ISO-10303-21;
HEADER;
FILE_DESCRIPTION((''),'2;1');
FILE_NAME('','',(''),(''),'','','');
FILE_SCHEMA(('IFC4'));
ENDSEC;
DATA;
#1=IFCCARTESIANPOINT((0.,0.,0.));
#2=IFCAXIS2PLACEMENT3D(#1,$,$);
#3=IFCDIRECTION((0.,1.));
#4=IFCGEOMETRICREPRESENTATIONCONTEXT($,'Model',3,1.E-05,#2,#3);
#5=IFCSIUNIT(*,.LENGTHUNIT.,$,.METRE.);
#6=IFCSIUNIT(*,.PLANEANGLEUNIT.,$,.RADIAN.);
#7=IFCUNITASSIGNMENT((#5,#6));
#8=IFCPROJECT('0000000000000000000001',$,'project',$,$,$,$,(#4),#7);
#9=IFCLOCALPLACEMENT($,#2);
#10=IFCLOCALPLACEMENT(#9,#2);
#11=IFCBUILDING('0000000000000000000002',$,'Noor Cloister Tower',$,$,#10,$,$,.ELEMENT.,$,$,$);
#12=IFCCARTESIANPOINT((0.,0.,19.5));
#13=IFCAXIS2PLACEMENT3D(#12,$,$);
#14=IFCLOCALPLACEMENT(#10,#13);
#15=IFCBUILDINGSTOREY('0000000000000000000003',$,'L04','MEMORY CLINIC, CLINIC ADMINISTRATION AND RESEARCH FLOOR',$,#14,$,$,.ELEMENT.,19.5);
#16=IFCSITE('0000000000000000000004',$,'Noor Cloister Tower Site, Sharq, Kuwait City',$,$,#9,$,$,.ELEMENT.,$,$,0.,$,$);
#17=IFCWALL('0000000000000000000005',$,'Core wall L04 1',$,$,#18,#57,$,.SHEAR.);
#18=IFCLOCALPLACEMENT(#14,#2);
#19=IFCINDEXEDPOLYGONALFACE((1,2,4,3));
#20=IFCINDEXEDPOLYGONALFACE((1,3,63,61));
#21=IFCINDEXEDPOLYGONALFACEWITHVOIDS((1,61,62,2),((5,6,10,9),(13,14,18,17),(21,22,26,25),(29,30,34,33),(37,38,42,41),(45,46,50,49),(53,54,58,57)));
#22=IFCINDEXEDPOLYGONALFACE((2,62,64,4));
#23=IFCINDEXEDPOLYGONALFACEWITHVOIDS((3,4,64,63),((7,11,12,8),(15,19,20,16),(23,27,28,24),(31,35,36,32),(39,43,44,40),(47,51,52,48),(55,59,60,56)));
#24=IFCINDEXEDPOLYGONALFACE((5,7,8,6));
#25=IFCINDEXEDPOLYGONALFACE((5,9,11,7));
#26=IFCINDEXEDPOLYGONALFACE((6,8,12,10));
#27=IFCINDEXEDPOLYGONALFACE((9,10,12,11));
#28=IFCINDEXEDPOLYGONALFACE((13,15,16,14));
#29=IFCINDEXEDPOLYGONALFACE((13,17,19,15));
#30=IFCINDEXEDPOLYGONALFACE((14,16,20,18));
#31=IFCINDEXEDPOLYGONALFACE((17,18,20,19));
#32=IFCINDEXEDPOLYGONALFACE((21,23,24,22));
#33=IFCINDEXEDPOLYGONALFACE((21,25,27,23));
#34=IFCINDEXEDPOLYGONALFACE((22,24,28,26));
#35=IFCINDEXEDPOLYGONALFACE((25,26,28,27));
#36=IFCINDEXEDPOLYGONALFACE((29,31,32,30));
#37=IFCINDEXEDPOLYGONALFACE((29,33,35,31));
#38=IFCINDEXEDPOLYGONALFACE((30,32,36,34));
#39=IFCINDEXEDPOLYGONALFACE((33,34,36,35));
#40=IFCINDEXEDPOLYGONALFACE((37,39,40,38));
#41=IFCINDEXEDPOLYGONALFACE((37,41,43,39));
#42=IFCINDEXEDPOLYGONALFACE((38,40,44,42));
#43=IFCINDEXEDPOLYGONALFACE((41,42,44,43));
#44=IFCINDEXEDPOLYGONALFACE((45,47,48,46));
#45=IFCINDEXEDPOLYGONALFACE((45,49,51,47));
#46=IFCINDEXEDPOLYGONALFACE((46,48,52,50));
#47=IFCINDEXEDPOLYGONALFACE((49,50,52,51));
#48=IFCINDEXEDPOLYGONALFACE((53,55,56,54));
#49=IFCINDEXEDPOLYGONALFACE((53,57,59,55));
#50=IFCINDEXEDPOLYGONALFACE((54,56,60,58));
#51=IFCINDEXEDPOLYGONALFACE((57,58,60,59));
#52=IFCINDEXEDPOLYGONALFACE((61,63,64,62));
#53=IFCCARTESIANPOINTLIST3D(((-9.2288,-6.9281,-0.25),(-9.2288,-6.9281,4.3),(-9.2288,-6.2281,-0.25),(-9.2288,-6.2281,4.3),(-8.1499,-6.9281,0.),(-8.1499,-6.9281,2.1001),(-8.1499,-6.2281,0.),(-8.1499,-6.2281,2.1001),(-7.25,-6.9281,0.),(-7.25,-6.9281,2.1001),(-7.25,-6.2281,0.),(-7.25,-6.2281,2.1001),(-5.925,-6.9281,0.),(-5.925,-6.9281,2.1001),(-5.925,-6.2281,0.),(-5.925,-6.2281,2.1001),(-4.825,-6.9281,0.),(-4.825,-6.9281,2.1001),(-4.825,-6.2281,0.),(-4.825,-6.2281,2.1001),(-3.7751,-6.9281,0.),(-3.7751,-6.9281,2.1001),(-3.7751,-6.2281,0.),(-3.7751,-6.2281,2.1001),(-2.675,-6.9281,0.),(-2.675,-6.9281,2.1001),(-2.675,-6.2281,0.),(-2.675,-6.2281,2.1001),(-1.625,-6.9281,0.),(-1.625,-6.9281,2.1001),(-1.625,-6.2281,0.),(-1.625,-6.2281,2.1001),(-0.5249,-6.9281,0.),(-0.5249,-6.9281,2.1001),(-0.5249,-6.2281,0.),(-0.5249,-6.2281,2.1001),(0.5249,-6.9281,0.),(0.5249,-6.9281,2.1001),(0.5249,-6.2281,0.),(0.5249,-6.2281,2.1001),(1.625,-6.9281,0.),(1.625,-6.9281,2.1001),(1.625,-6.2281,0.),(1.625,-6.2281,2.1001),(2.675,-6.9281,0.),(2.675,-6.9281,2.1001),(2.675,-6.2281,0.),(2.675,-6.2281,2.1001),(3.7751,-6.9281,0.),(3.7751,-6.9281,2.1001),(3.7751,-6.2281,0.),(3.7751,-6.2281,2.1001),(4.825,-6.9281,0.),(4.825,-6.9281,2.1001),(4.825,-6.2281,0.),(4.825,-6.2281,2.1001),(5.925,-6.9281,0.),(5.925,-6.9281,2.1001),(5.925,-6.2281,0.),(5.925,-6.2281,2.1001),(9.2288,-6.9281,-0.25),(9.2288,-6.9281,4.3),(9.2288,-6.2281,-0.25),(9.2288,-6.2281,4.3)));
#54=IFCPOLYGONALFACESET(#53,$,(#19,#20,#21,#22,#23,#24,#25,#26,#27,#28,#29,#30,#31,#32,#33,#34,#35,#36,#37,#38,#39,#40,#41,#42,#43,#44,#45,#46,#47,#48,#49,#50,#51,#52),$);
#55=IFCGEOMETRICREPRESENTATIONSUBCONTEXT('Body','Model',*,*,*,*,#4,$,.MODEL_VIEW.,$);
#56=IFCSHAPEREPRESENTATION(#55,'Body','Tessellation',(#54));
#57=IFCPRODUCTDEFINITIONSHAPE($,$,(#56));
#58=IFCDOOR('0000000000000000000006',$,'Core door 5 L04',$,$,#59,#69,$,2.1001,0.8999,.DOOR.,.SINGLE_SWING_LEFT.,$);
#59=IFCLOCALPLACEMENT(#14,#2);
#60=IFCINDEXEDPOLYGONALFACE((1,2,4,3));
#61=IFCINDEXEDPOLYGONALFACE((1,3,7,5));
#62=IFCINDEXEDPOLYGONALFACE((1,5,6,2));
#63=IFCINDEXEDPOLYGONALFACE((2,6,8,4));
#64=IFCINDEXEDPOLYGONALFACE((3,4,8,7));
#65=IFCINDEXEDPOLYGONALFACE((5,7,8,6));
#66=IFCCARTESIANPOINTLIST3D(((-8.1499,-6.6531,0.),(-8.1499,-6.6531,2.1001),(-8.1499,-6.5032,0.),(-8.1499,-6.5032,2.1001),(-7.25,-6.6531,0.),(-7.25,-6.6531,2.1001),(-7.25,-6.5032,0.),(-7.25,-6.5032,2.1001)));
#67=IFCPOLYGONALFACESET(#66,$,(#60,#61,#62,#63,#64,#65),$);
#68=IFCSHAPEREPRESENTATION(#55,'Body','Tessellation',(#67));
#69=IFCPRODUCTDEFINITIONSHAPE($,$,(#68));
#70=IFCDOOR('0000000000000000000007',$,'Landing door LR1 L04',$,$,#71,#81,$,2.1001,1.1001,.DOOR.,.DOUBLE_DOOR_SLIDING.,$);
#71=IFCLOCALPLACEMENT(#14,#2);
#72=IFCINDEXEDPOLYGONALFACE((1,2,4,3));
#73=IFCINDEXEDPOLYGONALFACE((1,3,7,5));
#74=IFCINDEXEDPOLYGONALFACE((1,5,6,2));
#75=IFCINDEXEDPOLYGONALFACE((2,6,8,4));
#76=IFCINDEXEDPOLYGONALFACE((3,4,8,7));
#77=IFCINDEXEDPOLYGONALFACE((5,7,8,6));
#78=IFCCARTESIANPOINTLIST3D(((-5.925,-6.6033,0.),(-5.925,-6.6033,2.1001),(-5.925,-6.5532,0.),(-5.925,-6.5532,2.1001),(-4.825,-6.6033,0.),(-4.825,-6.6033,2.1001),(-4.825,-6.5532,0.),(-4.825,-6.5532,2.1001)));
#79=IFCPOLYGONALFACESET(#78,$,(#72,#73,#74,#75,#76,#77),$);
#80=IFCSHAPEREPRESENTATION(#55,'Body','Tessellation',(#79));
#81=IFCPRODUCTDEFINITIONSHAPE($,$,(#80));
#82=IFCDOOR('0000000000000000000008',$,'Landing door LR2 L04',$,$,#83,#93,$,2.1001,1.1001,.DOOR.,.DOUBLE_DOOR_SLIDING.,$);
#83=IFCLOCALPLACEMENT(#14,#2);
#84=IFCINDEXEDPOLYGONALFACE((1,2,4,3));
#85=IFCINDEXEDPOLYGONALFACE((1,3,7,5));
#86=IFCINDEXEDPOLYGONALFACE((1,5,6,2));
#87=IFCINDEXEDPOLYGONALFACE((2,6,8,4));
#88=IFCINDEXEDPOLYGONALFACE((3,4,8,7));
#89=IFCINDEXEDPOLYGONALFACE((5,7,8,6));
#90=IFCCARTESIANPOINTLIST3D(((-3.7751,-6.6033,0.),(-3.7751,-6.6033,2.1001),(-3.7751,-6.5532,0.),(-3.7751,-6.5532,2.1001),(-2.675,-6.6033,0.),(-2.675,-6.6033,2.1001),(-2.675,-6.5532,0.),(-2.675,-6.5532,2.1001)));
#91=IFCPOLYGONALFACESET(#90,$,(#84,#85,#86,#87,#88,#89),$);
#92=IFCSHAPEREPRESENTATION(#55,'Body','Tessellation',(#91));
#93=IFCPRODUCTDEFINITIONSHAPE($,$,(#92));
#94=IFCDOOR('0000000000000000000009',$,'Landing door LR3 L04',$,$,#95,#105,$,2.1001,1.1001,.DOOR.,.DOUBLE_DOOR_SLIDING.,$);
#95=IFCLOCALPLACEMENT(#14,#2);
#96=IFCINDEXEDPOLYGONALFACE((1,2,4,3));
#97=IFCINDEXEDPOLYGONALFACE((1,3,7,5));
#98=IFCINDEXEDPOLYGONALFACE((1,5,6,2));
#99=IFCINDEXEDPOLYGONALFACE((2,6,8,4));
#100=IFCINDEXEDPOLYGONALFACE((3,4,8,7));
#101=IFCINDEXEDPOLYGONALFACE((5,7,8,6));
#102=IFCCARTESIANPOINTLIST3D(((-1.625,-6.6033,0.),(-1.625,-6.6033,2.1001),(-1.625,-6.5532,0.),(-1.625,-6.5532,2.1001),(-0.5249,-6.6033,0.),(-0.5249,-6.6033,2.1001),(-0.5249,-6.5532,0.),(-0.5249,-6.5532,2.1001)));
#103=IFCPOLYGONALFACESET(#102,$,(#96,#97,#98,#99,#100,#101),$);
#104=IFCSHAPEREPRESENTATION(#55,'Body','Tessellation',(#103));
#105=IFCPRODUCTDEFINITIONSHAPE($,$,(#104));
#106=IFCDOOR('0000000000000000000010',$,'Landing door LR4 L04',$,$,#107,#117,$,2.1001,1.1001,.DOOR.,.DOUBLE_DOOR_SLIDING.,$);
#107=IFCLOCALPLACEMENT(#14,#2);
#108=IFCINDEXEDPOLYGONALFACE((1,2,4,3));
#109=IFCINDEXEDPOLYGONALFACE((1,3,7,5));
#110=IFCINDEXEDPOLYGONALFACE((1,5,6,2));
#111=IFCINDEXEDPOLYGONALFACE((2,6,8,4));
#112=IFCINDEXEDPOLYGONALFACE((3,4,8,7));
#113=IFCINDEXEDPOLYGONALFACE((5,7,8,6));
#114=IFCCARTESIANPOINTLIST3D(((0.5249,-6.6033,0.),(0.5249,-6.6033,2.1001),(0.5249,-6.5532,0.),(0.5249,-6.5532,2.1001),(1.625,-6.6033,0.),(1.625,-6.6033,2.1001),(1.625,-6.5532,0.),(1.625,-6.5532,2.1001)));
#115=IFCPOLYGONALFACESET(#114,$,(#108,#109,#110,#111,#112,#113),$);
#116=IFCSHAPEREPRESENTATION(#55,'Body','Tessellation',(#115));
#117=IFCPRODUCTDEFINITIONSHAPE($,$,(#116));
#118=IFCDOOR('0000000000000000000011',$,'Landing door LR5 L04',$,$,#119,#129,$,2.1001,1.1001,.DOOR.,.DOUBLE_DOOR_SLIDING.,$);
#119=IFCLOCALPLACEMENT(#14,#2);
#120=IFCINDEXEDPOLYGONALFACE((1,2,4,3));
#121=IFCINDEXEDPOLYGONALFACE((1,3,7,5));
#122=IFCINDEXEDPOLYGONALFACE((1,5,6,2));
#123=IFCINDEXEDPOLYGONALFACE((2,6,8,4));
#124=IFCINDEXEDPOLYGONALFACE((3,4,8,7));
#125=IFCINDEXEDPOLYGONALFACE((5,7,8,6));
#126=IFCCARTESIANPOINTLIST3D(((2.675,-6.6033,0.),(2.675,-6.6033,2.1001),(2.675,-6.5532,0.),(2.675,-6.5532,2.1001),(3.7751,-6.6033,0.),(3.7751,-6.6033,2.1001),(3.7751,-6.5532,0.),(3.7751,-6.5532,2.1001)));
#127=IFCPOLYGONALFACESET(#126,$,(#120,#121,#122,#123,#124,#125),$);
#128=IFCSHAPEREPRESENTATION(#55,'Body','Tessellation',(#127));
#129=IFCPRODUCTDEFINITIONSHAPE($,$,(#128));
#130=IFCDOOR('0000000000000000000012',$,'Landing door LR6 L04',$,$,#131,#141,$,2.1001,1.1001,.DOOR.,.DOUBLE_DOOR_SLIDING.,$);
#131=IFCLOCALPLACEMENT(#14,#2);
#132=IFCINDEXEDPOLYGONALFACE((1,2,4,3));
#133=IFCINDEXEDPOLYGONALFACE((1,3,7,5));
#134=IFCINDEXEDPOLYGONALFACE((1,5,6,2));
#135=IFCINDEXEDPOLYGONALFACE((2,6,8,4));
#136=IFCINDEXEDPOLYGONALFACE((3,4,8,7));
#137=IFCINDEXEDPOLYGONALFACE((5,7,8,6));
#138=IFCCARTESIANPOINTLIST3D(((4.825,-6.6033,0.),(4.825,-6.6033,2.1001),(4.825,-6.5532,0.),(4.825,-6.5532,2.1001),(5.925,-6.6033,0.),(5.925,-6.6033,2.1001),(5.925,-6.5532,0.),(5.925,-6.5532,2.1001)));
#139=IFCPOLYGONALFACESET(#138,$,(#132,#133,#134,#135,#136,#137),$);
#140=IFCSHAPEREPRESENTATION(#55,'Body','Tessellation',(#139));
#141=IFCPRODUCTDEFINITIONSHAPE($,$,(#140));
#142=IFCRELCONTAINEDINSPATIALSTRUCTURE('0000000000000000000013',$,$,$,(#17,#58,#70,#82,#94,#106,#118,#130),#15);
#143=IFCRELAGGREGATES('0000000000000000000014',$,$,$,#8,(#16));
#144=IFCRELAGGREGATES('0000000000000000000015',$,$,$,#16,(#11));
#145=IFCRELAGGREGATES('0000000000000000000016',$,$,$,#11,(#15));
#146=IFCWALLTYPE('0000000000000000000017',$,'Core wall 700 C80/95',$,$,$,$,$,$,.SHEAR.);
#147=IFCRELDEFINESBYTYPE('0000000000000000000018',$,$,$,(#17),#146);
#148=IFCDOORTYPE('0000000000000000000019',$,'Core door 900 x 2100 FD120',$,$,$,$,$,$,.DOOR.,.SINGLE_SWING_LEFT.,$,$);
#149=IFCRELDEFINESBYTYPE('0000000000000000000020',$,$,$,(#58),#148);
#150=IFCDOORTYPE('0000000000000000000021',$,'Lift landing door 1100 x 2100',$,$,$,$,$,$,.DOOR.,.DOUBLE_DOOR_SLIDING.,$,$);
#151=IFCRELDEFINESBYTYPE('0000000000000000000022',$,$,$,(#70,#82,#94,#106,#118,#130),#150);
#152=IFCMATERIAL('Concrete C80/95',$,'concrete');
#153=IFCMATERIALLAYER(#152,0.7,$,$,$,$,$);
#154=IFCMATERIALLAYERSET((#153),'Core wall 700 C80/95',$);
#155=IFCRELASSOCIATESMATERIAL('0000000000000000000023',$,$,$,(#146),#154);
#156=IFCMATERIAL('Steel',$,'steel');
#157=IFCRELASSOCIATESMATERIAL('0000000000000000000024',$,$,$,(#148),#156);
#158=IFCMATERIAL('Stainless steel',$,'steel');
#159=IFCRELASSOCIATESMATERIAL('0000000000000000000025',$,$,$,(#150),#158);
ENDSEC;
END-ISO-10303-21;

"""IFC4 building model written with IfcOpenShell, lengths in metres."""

from ifc_helpers import new_model, si_unit, direction, frame, frame_2d, origin, place, context, subcontext, project, spatial, rectangle, extrude, material, layer, layer_set, type_object, element, fill, save


model = new_model("IFC4")

# Units and contexts
model_context = context("Model", 3, precision=1e-05, world=origin(), true_north=direction((0.0, 1.0)))
body_context = subcontext(model_context, "Body", "Model", "MODEL_VIEW")
ifc_project = project(units=[si_unit("LENGTHUNIT", "METRE"), si_unit("PLANEANGLEUNIT", "RADIAN")], contexts=[model_context])

# Site, building, storey
site_placement = place(None, origin())
site = spatial("IfcSite", under=ifc_project, at=site_placement, Name="Noor Cloister Tower Site, Sharq, Kuwait City", CompositionType="ELEMENT", RefElevation=0.0)
building_placement = place(site_placement, origin())
building = spatial("IfcBuilding", under=site, at=building_placement, Name="Noor Cloister Tower", CompositionType="ELEMENT")
storey_placement = place(building_placement, frame((0.0, 0.0, 19.5)))
storey = spatial("IfcBuildingStorey", under=building, at=storey_placement, Name="L04", Description="MEMORY CLINIC, CLINIC ADMINISTRATION AND RESEARCH FLOOR", CompositionType="ELEMENT", Elevation=19.5)

# Wall, openings, doors
ifc_material_1 = material(Name="Concrete C80/95", Category="concrete")
ifc_layer_1 = layer(ifc_material_1, 0.7)
ifc_layer_set_1 = layer_set([ifc_layer_1], Name="Core wall 700 C80/95")
wall_type_1 = type_object("IfcWallType", Name="Core wall 700 C80/95", PredefinedType="SHEAR", material=ifc_layer_set_1)
wall_1_placement = place(storey_placement, frame((-9.2288, -6.5781, -0.25), z_axis=(0.0, 0.0, 1.0), x_axis=(1.0, 0.0, 0.0)))
wall_1 = element("IfcWall", 1, at=wall_1_placement, inside=storey, type_object=wall_type_1, Name="Core wall L04 1", PredefinedType="SHEAR", context=body_context, shape_type="SweptSolid", body=[
    extrude(rectangle(XDim=18.4575, YDim=0.7, at=frame_2d((9.2288, 0.0))), origin(), (0.0, 0.0, 1.0), 4.55),
])
opening_1_placement = place(wall_1_placement, frame((3.3037, 0.0, 0.25)))
opening_1 = element("IfcOpeningElement", 2, at=opening_1_placement, cuts=wall_1, PredefinedType="OPENING", context=body_context, shape_type="SweptSolid", body=[
    extrude(rectangle(XDim=1.1001, YDim=2.1001, at=frame_2d((0.55, 1.05))), frame((0.0, 0.3599, 0.0), z_axis=(0.0, -1.0, 0.0), x_axis=(1.0, 0.0, 0.0)), (0.0, 0.0, 1.0), 0.72),
])
opening_2_placement = place(wall_1_placement, frame((5.4536, 0.0, 0.25)))
opening_2 = element("IfcOpeningElement", 3, at=opening_2_placement, cuts=wall_1, PredefinedType="OPENING", context=body_context, shape_type="SweptSolid", body=[
    extrude(rectangle(XDim=1.1001, YDim=2.1001, at=frame_2d((0.55, 1.05))), frame((0.0, 0.3599, 0.0), z_axis=(0.0, -1.0, 0.0), x_axis=(1.0, 0.0, 0.0)), (0.0, 0.0, 1.0), 0.72),
])
opening_3_placement = place(wall_1_placement, frame((7.6038, 0.0, 0.25)))
opening_3 = element("IfcOpeningElement", 4, at=opening_3_placement, cuts=wall_1, PredefinedType="OPENING", context=body_context, shape_type="SweptSolid", body=[
    extrude(rectangle(XDim=1.1001, YDim=2.1001, at=frame_2d((0.55, 1.05))), frame((0.0, 0.3599, 0.0), z_axis=(0.0, -1.0, 0.0), x_axis=(1.0, 0.0, 0.0)), (0.0, 0.0, 1.0), 0.72),
])
opening_4_placement = place(wall_1_placement, frame((9.7537, 0.0, 0.25)))
opening_4 = element("IfcOpeningElement", 5, at=opening_4_placement, cuts=wall_1, PredefinedType="OPENING", context=body_context, shape_type="SweptSolid", body=[
    extrude(rectangle(XDim=1.1001, YDim=2.1001, at=frame_2d((0.55, 1.05))), frame((0.0, 0.3599, 0.0), z_axis=(0.0, -1.0, 0.0), x_axis=(1.0, 0.0, 0.0)), (0.0, 0.0, 1.0), 0.72),
])
opening_5_placement = place(wall_1_placement, frame((11.9038, 0.0, 0.25)))
opening_5 = element("IfcOpeningElement", 6, at=opening_5_placement, cuts=wall_1, PredefinedType="OPENING", context=body_context, shape_type="SweptSolid", body=[
    extrude(rectangle(XDim=1.1001, YDim=2.1001, at=frame_2d((0.55, 1.05))), frame((0.0, 0.3599, 0.0), z_axis=(0.0, -1.0, 0.0), x_axis=(1.0, 0.0, 0.0)), (0.0, 0.0, 1.0), 0.72),
])
opening_6_placement = place(wall_1_placement, frame((14.0537, 0.0, 0.25)))
opening_6 = element("IfcOpeningElement", 7, at=opening_6_placement, cuts=wall_1, PredefinedType="OPENING", context=body_context, shape_type="SweptSolid", body=[
    extrude(rectangle(XDim=1.1001, YDim=2.1001, at=frame_2d((0.55, 1.05))), frame((0.0, 0.3599, 0.0), z_axis=(0.0, -1.0, 0.0), x_axis=(1.0, 0.0, 0.0)), (0.0, 0.0, 1.0), 0.72),
])
opening_7_placement = place(wall_1_placement, frame((1.0789, 0.0, 0.25)))
opening_7 = element("IfcOpeningElement", 8, at=opening_7_placement, cuts=wall_1, PredefinedType="OPENING", context=body_context, shape_type="SweptSolid", body=[
    extrude(rectangle(XDim=0.8999, YDim=2.1001, at=frame_2d((0.45, 1.05))), frame((0.0, 0.3599, 0.0), z_axis=(0.0, -1.0, 0.0), x_axis=(1.0, 0.0, 0.0)), (0.0, 0.0, 1.0), 0.72),
])
ifc_material_2 = material(Name="Steel", Category="steel")
door_type_1 = type_object("IfcDoorType", Name="Core door 900 x 2100 FD120", OperationType="SINGLE_SWING_LEFT", PredefinedType="DOOR", material=ifc_material_2)
door_1_placement = place(opening_7_placement, origin())
door_1 = element("IfcDoor", 9, at=door_1_placement, inside=storey, type_object=door_type_1, Name="Core door 5 L04", OperationType="SINGLE_SWING_LEFT", OverallHeight=2.1001, OverallWidth=0.8999, PredefinedType="DOOR", context=body_context, shape_type="SweptSolid", body=[
    extrude(rectangle(XDim=0.8999, YDim=2.1001, at=frame_2d((0.45, 1.05))), frame((0.0, 0.075, 0.0), z_axis=(0.0, -1.0, 0.0), x_axis=(1.0, 0.0, 0.0)), (0.0, 0.0, 1.0), 0.1499),
])
fill(opening_7, door_1)
ifc_material_3 = material(Name="Stainless steel", Category="steel")
door_type_2 = type_object("IfcDoorType", Name="Lift landing door 1100 x 2100", OperationType="DOUBLE_DOOR_SLIDING", PredefinedType="DOOR", material=ifc_material_3)
door_2_placement = place(opening_1_placement, origin())
door_2 = element("IfcDoor", 10, at=door_2_placement, inside=storey, type_object=door_type_2, Name="Landing door LR1 L04", OperationType="DOUBLE_DOOR_SLIDING", OverallHeight=2.1001, OverallWidth=1.1001, PredefinedType="DOOR", context=body_context, shape_type="SweptSolid", body=[
    extrude(rectangle(XDim=1.1001, YDim=2.1001, at=frame_2d((0.55, 1.05))), frame((0.0, 0.0249, 0.0), z_axis=(0.0, -1.0, 0.0), x_axis=(1.0, 0.0, 0.0)), (0.0, 0.0, 1.0), 0.05),
])
fill(opening_1, door_2)
door_3_placement = place(opening_2_placement, origin())
door_3 = element("IfcDoor", 11, at=door_3_placement, inside=storey, type_object=door_type_2, Name="Landing door LR2 L04", OperationType="DOUBLE_DOOR_SLIDING", OverallHeight=2.1001, OverallWidth=1.1001, PredefinedType="DOOR", context=body_context, shape_type="SweptSolid", body=[
    extrude(rectangle(XDim=1.1001, YDim=2.1001, at=frame_2d((0.55, 1.05))), frame((0.0, 0.0249, 0.0), z_axis=(0.0, -1.0, 0.0), x_axis=(1.0, 0.0, 0.0)), (0.0, 0.0, 1.0), 0.05),
])
fill(opening_2, door_3)
door_4_placement = place(opening_3_placement, origin())
door_4 = element("IfcDoor", 12, at=door_4_placement, inside=storey, type_object=door_type_2, Name="Landing door LR3 L04", OperationType="DOUBLE_DOOR_SLIDING", OverallHeight=2.1001, OverallWidth=1.1001, PredefinedType="DOOR", context=body_context, shape_type="SweptSolid", body=[
    extrude(rectangle(XDim=1.1001, YDim=2.1001, at=frame_2d((0.55, 1.05))), frame((0.0, 0.0249, 0.0), z_axis=(0.0, -1.0, 0.0), x_axis=(1.0, 0.0, 0.0)), (0.0, 0.0, 1.0), 0.05),
])
fill(opening_3, door_4)
door_5_placement = place(opening_4_placement, origin())
door_5 = element("IfcDoor", 13, at=door_5_placement, inside=storey, type_object=door_type_2, Name="Landing door LR4 L04", OperationType="DOUBLE_DOOR_SLIDING", OverallHeight=2.1001, OverallWidth=1.1001, PredefinedType="DOOR", context=body_context, shape_type="SweptSolid", body=[
    extrude(rectangle(XDim=1.1001, YDim=2.1001, at=frame_2d((0.55, 1.05))), frame((0.0, 0.0249, 0.0), z_axis=(0.0, -1.0, 0.0), x_axis=(1.0, 0.0, 0.0)), (0.0, 0.0, 1.0), 0.05),
])
fill(opening_4, door_5)
door_6_placement = place(opening_5_placement, origin())
door_6 = element("IfcDoor", 14, at=door_6_placement, inside=storey, type_object=door_type_2, Name="Landing door LR5 L04", OperationType="DOUBLE_DOOR_SLIDING", OverallHeight=2.1001, OverallWidth=1.1001, PredefinedType="DOOR", context=body_context, shape_type="SweptSolid", body=[
    extrude(rectangle(XDim=1.1001, YDim=2.1001, at=frame_2d((0.55, 1.05))), frame((0.0, 0.0249, 0.0), z_axis=(0.0, -1.0, 0.0), x_axis=(1.0, 0.0, 0.0)), (0.0, 0.0, 1.0), 0.05),
])
fill(opening_5, door_6)
door_7_placement = place(opening_6_placement, origin())
door_7 = element("IfcDoor", 15, at=door_7_placement, inside=storey, type_object=door_type_2, Name="Landing door LR6 L04", OperationType="DOUBLE_DOOR_SLIDING", OverallHeight=2.1001, OverallWidth=1.1001, PredefinedType="DOOR", context=body_context, shape_type="SweptSolid", body=[
    extrude(rectangle(XDim=1.1001, YDim=2.1001, at=frame_2d((0.55, 1.05))), frame((0.0, 0.0249, 0.0), z_axis=(0.0, -1.0, 0.0), x_axis=(1.0, 0.0, 0.0)), (0.0, 0.0, 1.0), 0.05),
])
fill(opening_6, door_7)

save(model, "model.ifc")
